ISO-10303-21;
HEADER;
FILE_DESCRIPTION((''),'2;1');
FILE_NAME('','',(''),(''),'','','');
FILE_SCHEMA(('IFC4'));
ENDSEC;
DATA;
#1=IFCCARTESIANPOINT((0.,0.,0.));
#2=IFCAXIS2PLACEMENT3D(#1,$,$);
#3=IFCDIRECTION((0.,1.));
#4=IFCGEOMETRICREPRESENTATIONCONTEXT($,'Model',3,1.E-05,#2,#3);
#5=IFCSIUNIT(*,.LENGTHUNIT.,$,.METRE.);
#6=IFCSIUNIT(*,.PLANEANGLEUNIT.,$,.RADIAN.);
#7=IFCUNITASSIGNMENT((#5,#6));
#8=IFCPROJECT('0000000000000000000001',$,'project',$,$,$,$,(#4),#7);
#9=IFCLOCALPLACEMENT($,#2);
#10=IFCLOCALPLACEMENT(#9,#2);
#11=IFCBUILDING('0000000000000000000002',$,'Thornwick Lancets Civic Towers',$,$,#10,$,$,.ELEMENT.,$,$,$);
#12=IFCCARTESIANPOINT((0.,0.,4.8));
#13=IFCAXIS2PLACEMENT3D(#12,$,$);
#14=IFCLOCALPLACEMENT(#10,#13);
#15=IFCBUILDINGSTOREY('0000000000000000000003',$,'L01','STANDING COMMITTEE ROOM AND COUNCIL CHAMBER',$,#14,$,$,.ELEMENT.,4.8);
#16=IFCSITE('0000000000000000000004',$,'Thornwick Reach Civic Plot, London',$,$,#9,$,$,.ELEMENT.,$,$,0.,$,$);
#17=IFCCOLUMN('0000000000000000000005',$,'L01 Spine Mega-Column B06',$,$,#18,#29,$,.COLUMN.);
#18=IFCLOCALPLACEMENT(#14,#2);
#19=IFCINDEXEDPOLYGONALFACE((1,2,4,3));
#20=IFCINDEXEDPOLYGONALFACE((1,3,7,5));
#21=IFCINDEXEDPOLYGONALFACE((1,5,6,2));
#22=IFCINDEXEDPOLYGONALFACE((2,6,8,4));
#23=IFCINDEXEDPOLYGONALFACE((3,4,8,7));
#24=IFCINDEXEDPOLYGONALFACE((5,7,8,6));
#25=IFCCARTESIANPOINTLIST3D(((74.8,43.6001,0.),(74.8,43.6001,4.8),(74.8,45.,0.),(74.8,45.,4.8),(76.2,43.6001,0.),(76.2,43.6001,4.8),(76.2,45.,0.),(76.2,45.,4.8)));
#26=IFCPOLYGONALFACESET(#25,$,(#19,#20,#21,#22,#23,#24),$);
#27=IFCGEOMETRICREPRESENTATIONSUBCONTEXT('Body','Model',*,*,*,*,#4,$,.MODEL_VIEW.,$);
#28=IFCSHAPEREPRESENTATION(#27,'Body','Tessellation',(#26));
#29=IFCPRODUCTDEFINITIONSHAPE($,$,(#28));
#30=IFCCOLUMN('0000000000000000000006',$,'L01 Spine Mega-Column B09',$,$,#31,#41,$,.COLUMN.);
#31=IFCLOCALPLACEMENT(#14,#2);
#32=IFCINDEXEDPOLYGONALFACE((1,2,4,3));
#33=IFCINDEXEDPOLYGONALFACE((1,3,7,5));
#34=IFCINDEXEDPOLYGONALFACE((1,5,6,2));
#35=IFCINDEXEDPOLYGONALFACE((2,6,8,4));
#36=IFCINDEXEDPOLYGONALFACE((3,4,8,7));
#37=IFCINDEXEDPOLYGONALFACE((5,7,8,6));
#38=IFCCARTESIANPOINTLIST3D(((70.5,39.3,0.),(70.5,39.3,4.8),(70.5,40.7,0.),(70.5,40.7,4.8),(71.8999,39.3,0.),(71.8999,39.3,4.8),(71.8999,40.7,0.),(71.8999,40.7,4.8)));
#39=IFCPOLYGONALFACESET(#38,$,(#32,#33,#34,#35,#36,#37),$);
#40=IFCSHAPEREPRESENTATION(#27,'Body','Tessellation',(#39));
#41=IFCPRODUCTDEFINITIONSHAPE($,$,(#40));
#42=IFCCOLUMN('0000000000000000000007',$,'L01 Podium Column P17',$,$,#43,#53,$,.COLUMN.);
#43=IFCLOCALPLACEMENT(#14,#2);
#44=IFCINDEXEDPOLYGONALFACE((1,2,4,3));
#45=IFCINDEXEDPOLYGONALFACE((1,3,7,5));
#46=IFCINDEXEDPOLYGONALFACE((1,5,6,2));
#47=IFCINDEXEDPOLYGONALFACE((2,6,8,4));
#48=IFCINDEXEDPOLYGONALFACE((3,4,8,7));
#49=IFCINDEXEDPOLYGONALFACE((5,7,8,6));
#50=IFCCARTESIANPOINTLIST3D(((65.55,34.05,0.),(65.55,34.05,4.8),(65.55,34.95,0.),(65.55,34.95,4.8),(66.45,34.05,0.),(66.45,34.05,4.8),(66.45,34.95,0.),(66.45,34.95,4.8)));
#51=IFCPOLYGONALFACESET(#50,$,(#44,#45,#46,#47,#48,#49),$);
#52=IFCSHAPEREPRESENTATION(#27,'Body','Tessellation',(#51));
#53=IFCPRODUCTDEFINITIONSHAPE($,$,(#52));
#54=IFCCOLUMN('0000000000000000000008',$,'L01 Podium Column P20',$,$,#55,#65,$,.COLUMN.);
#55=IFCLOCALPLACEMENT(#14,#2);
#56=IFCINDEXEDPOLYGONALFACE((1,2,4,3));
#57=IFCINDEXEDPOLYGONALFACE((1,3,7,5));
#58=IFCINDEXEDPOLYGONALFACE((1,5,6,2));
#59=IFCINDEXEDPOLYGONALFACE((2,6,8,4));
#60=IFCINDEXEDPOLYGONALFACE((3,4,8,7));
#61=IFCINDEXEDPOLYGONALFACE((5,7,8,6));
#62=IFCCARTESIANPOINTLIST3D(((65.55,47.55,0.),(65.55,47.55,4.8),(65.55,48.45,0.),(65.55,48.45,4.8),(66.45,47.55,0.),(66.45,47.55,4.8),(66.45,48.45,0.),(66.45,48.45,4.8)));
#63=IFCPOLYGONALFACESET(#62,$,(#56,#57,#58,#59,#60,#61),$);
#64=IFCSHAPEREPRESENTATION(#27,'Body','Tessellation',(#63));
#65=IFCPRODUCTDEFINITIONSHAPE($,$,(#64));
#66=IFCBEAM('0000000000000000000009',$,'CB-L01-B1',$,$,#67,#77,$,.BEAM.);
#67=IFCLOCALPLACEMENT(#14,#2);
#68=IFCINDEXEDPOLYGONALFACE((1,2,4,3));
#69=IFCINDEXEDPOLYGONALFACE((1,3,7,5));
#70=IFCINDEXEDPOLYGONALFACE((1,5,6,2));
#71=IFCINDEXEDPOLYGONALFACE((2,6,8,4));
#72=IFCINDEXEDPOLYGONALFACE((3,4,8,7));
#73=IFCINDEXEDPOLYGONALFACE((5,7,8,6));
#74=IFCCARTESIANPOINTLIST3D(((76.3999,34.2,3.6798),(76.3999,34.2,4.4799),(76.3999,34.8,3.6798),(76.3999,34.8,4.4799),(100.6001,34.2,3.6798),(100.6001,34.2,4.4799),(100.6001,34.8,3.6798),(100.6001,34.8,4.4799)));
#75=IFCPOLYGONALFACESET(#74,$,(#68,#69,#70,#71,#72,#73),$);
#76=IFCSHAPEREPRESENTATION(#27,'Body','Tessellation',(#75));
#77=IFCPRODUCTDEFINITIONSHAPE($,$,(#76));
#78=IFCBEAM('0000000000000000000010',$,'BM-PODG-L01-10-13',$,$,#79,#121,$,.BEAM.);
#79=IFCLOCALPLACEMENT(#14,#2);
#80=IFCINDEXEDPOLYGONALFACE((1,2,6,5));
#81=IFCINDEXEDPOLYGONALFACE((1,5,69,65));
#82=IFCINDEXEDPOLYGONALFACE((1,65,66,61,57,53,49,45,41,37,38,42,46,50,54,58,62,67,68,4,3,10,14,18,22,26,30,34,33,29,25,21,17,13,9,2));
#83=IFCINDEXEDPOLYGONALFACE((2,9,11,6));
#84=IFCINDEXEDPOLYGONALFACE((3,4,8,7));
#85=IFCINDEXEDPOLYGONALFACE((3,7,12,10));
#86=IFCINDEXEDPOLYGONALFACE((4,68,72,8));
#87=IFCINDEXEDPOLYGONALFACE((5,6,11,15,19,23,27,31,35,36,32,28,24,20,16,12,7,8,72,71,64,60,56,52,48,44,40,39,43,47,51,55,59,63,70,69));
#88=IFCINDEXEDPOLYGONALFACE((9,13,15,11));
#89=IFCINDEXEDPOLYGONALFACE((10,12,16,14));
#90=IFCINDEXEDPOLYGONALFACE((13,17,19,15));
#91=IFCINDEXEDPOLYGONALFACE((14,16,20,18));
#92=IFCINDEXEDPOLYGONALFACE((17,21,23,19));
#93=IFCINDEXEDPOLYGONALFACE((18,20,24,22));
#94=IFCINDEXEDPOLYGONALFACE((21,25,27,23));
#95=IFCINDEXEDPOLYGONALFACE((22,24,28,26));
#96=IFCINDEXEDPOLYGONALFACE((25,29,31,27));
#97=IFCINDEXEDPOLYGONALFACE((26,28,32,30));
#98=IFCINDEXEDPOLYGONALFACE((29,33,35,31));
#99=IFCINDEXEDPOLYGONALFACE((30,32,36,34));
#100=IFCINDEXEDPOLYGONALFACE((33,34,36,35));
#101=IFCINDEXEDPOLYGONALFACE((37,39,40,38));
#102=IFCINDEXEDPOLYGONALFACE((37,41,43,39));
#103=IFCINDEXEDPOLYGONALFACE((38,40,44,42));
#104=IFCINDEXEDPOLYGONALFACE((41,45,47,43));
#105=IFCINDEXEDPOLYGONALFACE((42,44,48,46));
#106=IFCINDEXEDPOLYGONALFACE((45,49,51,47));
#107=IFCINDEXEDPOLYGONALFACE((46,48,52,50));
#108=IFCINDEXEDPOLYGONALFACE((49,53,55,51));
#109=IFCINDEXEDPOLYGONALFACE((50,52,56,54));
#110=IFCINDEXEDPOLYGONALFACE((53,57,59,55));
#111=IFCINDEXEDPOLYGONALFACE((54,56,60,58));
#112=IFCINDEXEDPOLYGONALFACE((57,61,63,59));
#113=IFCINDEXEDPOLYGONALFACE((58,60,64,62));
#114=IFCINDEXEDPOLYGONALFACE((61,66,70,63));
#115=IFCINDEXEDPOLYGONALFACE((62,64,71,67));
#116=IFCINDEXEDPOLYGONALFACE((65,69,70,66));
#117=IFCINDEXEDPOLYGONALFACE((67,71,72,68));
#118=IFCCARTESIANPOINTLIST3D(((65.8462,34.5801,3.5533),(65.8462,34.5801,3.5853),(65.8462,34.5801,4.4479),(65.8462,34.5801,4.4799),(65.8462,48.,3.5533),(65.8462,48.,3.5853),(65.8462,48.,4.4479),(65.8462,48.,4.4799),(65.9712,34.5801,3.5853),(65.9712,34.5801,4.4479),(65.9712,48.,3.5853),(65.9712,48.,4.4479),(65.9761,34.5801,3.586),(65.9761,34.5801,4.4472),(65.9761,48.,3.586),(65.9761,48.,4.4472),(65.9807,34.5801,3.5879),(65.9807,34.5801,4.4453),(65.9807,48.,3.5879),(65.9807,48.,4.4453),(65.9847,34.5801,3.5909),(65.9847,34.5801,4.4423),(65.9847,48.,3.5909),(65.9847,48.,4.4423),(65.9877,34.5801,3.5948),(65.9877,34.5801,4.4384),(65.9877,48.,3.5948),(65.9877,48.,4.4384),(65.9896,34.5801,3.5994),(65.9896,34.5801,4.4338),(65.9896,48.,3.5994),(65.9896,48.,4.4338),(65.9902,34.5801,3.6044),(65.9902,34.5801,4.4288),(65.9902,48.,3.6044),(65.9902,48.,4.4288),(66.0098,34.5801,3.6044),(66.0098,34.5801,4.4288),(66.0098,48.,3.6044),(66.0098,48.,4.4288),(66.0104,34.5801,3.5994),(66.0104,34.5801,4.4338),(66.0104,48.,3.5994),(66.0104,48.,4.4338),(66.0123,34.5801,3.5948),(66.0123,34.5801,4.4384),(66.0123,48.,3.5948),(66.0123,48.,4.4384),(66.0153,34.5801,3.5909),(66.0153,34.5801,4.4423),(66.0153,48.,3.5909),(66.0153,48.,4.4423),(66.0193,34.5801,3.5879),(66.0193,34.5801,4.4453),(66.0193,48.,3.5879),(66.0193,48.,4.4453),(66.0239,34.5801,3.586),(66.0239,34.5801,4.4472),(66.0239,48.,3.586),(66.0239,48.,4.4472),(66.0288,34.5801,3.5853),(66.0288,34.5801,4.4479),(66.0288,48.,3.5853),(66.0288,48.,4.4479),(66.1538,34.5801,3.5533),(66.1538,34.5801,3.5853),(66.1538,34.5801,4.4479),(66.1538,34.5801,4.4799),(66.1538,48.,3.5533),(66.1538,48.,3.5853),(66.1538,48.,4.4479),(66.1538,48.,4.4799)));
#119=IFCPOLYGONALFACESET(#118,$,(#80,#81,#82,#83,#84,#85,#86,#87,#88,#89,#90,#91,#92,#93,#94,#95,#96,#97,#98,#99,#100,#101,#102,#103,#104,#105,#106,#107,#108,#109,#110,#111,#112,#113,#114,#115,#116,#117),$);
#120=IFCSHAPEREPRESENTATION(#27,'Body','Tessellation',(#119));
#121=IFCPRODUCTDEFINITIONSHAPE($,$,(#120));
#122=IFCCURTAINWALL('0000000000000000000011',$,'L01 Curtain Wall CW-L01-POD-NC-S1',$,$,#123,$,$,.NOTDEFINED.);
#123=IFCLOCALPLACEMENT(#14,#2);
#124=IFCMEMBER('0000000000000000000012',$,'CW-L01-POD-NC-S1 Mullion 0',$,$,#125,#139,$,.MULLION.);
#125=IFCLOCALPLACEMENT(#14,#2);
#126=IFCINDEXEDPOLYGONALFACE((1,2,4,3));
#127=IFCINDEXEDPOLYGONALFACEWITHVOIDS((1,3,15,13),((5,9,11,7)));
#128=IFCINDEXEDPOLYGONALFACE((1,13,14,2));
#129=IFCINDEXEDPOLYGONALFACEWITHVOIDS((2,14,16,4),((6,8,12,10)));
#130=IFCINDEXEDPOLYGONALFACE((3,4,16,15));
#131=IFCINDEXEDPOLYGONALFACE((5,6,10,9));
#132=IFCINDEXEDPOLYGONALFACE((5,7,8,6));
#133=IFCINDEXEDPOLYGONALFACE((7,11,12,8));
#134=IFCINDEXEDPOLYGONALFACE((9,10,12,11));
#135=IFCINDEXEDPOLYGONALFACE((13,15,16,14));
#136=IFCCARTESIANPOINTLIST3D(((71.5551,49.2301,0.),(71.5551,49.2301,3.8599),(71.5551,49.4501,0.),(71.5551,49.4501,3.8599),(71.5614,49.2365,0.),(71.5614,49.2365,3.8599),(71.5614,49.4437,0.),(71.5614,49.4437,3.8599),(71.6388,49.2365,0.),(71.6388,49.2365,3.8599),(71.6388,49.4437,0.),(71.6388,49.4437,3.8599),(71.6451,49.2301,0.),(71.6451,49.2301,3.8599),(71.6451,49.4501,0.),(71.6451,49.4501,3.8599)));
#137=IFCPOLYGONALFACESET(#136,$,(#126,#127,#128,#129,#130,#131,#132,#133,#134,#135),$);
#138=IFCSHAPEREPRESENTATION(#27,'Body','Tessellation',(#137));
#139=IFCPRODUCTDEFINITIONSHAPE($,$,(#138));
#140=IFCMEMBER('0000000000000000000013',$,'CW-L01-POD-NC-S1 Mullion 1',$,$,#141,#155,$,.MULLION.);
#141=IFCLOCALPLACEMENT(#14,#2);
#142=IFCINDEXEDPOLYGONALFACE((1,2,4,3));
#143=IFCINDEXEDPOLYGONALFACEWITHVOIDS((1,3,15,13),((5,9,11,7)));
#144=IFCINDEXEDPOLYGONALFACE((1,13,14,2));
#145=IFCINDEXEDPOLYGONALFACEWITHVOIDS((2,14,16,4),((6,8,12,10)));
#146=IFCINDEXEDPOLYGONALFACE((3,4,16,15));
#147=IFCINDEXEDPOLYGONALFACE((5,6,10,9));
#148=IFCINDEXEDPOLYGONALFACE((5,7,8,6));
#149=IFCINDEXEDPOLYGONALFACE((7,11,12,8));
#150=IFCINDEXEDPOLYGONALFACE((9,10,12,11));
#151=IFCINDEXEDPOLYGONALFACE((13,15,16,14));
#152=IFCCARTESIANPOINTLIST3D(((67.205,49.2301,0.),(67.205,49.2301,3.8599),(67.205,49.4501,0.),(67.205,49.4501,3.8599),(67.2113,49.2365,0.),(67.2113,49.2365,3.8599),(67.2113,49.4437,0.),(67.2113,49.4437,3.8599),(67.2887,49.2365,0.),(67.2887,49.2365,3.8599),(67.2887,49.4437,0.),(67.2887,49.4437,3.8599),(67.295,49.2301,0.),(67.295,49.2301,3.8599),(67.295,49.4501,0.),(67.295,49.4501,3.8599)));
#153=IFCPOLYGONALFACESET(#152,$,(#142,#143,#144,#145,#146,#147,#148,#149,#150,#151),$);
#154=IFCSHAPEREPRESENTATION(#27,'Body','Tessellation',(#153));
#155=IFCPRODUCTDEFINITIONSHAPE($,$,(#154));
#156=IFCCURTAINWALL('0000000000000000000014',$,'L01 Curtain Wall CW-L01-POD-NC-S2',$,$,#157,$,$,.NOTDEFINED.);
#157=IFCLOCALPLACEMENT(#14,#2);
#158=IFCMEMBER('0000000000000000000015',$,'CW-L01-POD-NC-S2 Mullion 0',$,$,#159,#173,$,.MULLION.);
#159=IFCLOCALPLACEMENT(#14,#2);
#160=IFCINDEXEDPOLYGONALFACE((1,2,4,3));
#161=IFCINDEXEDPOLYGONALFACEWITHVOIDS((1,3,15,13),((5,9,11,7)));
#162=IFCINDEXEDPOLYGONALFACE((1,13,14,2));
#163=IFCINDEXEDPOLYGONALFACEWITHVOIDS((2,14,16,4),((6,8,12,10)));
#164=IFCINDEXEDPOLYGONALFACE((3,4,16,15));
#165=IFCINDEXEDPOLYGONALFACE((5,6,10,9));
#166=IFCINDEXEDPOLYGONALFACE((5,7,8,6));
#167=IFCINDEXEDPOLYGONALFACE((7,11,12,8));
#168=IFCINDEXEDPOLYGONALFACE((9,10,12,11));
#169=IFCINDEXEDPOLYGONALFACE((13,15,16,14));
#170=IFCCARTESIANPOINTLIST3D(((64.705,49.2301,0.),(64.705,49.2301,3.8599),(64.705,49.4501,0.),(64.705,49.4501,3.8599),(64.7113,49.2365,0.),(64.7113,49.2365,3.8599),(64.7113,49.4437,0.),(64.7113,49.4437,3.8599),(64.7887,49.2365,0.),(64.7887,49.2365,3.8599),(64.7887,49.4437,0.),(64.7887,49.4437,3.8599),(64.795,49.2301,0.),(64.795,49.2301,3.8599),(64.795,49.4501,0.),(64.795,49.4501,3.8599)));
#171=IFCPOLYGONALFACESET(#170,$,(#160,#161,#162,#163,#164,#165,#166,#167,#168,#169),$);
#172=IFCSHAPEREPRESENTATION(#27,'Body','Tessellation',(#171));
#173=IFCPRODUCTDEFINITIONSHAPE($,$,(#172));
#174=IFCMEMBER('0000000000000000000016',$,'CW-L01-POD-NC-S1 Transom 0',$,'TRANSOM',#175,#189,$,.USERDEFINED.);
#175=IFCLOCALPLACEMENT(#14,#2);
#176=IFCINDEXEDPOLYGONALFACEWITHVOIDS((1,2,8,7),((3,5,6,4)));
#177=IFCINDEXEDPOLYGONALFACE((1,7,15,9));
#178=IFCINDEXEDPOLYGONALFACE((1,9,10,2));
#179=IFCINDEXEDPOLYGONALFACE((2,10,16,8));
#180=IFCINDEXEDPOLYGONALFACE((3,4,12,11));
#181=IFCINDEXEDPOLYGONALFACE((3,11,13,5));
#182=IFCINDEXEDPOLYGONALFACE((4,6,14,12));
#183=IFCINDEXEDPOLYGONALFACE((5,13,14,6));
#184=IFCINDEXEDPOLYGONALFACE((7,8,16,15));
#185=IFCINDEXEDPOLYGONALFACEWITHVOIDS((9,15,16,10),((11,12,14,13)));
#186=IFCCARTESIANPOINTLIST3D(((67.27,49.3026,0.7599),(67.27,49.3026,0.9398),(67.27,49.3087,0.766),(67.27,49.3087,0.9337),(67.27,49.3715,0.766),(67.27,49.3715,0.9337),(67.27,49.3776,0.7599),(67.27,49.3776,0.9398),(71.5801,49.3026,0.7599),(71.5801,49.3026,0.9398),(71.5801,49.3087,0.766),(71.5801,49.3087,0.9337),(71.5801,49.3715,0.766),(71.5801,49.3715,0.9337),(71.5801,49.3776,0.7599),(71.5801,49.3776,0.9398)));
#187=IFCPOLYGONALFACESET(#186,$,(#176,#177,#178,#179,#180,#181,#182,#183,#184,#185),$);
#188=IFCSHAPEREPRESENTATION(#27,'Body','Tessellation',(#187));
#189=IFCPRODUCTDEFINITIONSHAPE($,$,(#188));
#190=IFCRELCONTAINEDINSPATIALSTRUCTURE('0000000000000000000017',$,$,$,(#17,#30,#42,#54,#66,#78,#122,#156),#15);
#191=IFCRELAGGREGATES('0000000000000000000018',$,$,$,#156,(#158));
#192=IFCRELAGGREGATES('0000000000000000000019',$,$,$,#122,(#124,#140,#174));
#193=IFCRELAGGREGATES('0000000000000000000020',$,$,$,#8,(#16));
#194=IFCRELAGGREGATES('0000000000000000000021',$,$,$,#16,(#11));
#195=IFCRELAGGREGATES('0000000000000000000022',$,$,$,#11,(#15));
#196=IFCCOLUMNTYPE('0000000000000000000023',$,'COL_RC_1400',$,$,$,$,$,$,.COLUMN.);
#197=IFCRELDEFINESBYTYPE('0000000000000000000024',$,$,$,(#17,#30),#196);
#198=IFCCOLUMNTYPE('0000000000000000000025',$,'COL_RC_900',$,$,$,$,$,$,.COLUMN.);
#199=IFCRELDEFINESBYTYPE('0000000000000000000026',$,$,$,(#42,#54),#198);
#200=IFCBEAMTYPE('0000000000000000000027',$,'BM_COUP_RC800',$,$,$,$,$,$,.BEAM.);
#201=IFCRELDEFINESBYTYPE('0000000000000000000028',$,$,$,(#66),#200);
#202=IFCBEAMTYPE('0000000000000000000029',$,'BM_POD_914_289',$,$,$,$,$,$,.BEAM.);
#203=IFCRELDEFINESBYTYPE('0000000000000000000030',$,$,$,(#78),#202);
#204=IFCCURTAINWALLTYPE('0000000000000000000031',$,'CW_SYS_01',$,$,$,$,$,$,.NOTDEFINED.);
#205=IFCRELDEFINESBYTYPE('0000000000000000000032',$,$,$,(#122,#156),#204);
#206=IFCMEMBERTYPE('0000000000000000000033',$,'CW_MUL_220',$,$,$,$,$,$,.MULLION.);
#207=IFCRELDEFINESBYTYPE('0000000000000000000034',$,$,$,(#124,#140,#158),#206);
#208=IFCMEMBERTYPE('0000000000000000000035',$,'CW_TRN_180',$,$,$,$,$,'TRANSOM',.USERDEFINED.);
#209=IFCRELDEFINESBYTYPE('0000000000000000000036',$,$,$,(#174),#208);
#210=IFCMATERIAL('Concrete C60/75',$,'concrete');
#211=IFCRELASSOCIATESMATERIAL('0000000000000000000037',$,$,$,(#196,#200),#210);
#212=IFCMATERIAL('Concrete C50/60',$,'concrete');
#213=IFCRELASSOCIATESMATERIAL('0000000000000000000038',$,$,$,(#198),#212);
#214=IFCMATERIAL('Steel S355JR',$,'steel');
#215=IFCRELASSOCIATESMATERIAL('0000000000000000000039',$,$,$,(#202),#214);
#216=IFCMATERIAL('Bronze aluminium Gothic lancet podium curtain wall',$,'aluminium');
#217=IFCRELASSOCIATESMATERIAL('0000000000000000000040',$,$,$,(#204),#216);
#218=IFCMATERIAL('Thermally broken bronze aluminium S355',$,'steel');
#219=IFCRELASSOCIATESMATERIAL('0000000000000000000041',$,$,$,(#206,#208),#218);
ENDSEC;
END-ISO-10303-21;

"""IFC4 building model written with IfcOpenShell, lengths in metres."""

from ifc_helpers import new_model, si_unit, direction, frame, origin, origin_2d, place, context, subcontext, project, spatial, rectangle, hollow_rectangle, i_section, extrude, material, material_profile, profile_set, type_object, element, aggregate, save


model = new_model("IFC4")

# Units and contexts
model_context = context("Model", 3, precision=1e-05, world=origin(), true_north=direction((0.0, 1.0)))
body_context = subcontext(model_context, "Body", "Model", "MODEL_VIEW")
ifc_project = project(units=[si_unit("LENGTHUNIT", "METRE"), si_unit("PLANEANGLEUNIT", "RADIAN")], contexts=[model_context])

# Site, building, storey
site_placement = place(None, origin())
site = spatial("IfcSite", under=ifc_project, at=site_placement, Name="Thornwick Reach Civic Plot, London", CompositionType="ELEMENT", RefElevation=0.0)
building_placement = place(site_placement, origin())
building = spatial("IfcBuilding", under=site, at=building_placement, Name="Thornwick Lancets Civic Towers", CompositionType="ELEMENT")
storey_placement = place(building_placement, frame((0.0, 0.0, 4.8)))
storey = spatial("IfcBuildingStorey", under=building, at=storey_placement, Name="L01", Description="STANDING COMMITTEE ROOM AND COUNCIL CHAMBER", CompositionType="ELEMENT", Elevation=4.8)

# Columns
ifc_material_1 = material(Name="Concrete C60/75", Category="concrete")
ifc_material_profile_1 = material_profile(ifc_material_1, rectangle(XDim=1.3999, YDim=1.3999, at=origin_2d()), Name="RC 1400x1400")
ifc_profile_set_1 = profile_set([ifc_material_profile_1], Name="Concrete C60/75")
column_type_1 = type_object("IfcColumnType", Name="COL_RC_1400", PredefinedType="COLUMN", material=ifc_profile_set_1)
for number, where, z_axis, x_axis, name in (
    (1, (75.5, 44.3, 0.0), (0.0, 0.0, 1.0), (1.0, 0.0, 0.0), "L01 Spine Mega-Column B06"),
    (2, (71.2, 40.0, 0.0), (0.0, 0.0, 1.0), (1.0, 0.0, 0.0), "L01 Spine Mega-Column B09"),
):
    element("IfcColumn", number, at=place(storey_placement, frame(where, z_axis=z_axis, x_axis=x_axis)), inside=storey, type_object=column_type_1, Name=name, PredefinedType="COLUMN", context=body_context, shape_type="SweptSolid", body=[
        extrude(rectangle(XDim=1.3999, YDim=1.3999, at=origin_2d()), origin(), (0.0, 0.0, 1.0), 4.8),
    ])
ifc_material_2 = material(Name="Concrete C50/60", Category="concrete")
ifc_material_profile_2 = material_profile(ifc_material_2, rectangle(XDim=0.8999, YDim=0.8999, at=origin_2d()), Name="RC 900x900")
ifc_profile_set_2 = profile_set([ifc_material_profile_2], Name="Concrete C50/60")
column_type_2 = type_object("IfcColumnType", Name="COL_RC_900", PredefinedType="COLUMN", material=ifc_profile_set_2)
for number, where, z_axis, x_axis, name in (
    (3, (66.0, 34.5, 0.0), (0.0, 0.0, 1.0), (1.0, 0.0, 0.0), "L01 Podium Column P17"),
    (4, (66.0, 48.0, 0.0), (0.0, 0.0, 1.0), (1.0, 0.0, 0.0), "L01 Podium Column P20"),
):
    element("IfcColumn", number, at=place(storey_placement, frame(where, z_axis=z_axis, x_axis=x_axis)), inside=storey, type_object=column_type_2, Name=name, PredefinedType="COLUMN", context=body_context, shape_type="SweptSolid", body=[
        extrude(rectangle(XDim=0.8999, YDim=0.8999, at=origin_2d()), origin(), (0.0, 0.0, 1.0), 4.8),
    ])

# Beams
ifc_material_profile_3 = material_profile(ifc_material_1, rectangle(XDim=0.6001, YDim=0.8, at=origin_2d()), Name="RC 600x800")
ifc_profile_set_3 = profile_set([ifc_material_profile_3], Name="Concrete C60/75")
beam_type_1 = type_object("IfcBeamType", Name="BM_COUP_RC800", PredefinedType="BEAM", material=ifc_profile_set_3)
beam_1_placement = place(storey_placement, frame((76.3999, 34.5, 4.0798), z_axis=(1.0, 0.0, 0.0), x_axis=(0.0, 1.0, 0.0)))
element("IfcBeam", 5, at=beam_1_placement, inside=storey, type_object=beam_type_1, Name="CB-L01-B1", PredefinedType="BEAM", context=body_context, shape_type="SweptSolid", body=[
    extrude(rectangle(XDim=0.6001, YDim=0.8, at=origin_2d()), origin(), (0.0, 0.0, 1.0), 24.2002),
])
ifc_material_3 = material(Name="Steel S355JR", Category="steel")
ifc_material_profile_4 = material_profile(ifc_material_3, i_section(OverallWidth=0.3076, OverallDepth=0.9265, WebThickness=0.0195, FlangeThickness=0.032, FilletRadius=0.019, at=origin_2d()), Name="UKB 914x305x289")
ifc_profile_set_4 = profile_set([ifc_material_profile_4], Name="Steel S355JR")
beam_type_2 = type_object("IfcBeamType", Name="BM_POD_914_289", PredefinedType="BEAM", material=ifc_profile_set_4)
beam_2_placement = place(storey_placement, frame((66.0, 34.5801, 4.0166), z_axis=(0.0, 1.0, 0.0), x_axis=(-1.0, 0.0, 0.0)))
element("IfcBeam", 6, at=beam_2_placement, inside=storey, type_object=beam_type_2, Name="BM-PODG-L01-10-13", PredefinedType="BEAM", context=body_context, shape_type="SweptSolid", body=[
    extrude(i_section(OverallWidth=0.3076, OverallDepth=0.9265, WebThickness=0.0195, FlangeThickness=0.032, FilletRadius=0.019, at=origin_2d()), origin(), (0.0, 0.0, 1.0), 13.4199),
])

# Curtain wall, members
ifc_material_4 = material(Name="Bronze aluminium Gothic lancet podium curtain wall", Category="aluminium")
curtain_wall_type = type_object("IfcCurtainWallType", Name="CW_SYS_01", PredefinedType="NOTDEFINED", material=ifc_material_4)
curtain_wall_1_placement = place(storey_placement, origin())
curtain_wall_1 = element("IfcCurtainWall", 7, at=curtain_wall_1_placement, inside=storey, type_object=curtain_wall_type, Name="L01 Curtain Wall CW-L01-POD-NC-S1", PredefinedType="NOTDEFINED")
ifc_material_5 = material(Name="Thermally broken bronze aluminium S355", Category="steel")
ifc_material_profile_5 = material_profile(ifc_material_5, hollow_rectangle(XDim=0.0901, YDim=0.22, WallThickness=0.0063, at=origin_2d()), Name="RHS 220x90x6.3")
ifc_profile_set_5 = profile_set([ifc_material_profile_5], Name="Thermally broken bronze aluminium S355")
member_type_1 = type_object("IfcMemberType", Name="CW_MUL_220", PredefinedType="MULLION", material=ifc_profile_set_5)
member_1_placement = place(storey_placement, frame((71.6001, 49.3401, 0.0), z_axis=(0.0, 0.0, 1.0), x_axis=(1.0, 0.0, 0.0)))
member_1 = element("IfcMember", 8, at=member_1_placement, type_object=member_type_1, Name="CW-L01-POD-NC-S1 Mullion 0", PredefinedType="MULLION", context=body_context, shape_type="SweptSolid", body=[
    extrude(hollow_rectangle(XDim=0.0901, YDim=0.22, WallThickness=0.0063, at=origin_2d()), origin(), (0.0, 0.0, 1.0), 3.8599),
])
member_2_placement = place(storey_placement, frame((67.25, 49.3401, 0.0), z_axis=(0.0, 0.0, 1.0), x_axis=(1.0, 0.0, 0.0)))
member_2 = element("IfcMember", 9, at=member_2_placement, type_object=member_type_1, Name="CW-L01-POD-NC-S1 Mullion 1", PredefinedType="MULLION", context=body_context, shape_type="SweptSolid", body=[
    extrude(hollow_rectangle(XDim=0.0901, YDim=0.22, WallThickness=0.0063, at=origin_2d()), origin(), (0.0, 0.0, 1.0), 3.8599),
])

# Curtain wall, member
curtain_wall_2_placement = place(storey_placement, origin())
curtain_wall_2 = element("IfcCurtainWall", 10, at=curtain_wall_2_placement, inside=storey, type_object=curtain_wall_type, Name="L01 Curtain Wall CW-L01-POD-NC-S2", PredefinedType="NOTDEFINED")
member_3_placement = place(storey_placement, frame((64.75, 49.3401, 0.0), z_axis=(0.0, 0.0, 1.0), x_axis=(1.0, 0.0, 0.0)))
member_3 = element("IfcMember", 11, at=member_3_placement, type_object=member_type_1, Name="CW-L01-POD-NC-S2 Mullion 0", PredefinedType="MULLION", context=body_context, shape_type="SweptSolid", body=[
    extrude(hollow_rectangle(XDim=0.0901, YDim=0.22, WallThickness=0.0063, at=origin_2d()), origin(), (0.0, 0.0, 1.0), 3.8599),
])
aggregate(curtain_wall_2, [member_3])

# Member
ifc_material_profile_6 = material_profile(ifc_material_5, hollow_rectangle(XDim=0.075, YDim=0.1799, WallThickness=0.0061, at=origin_2d()), Name="RHS 180x75x6")
ifc_profile_set_6 = profile_set([ifc_material_profile_6], Name="Thermally broken bronze aluminium S355")
member_type_2 = type_object("IfcMemberType", Name="CW_TRN_180", ElementType="TRANSOM", PredefinedType="USERDEFINED", material=ifc_profile_set_6)
member_4_placement = place(storey_placement, frame((71.5801, 49.3401, 0.8499), z_axis=(-1.0, 0.0, 0.0), x_axis=(0.0, -1.0, 0.0)))
member_4 = element("IfcMember", 12, at=member_4_placement, type_object=member_type_2, Name="CW-L01-POD-NC-S1 Transom 0", ObjectType="TRANSOM", PredefinedType="USERDEFINED", context=body_context, shape_type="SweptSolid", body=[
    extrude(hollow_rectangle(XDim=0.075, YDim=0.1799, WallThickness=0.0061, at=origin_2d()), origin(), (0.0, 0.0, 1.0), 4.3101),
])

aggregate(curtain_wall_1, [member_1, member_2, member_4])

save(model, "model.ifc")
